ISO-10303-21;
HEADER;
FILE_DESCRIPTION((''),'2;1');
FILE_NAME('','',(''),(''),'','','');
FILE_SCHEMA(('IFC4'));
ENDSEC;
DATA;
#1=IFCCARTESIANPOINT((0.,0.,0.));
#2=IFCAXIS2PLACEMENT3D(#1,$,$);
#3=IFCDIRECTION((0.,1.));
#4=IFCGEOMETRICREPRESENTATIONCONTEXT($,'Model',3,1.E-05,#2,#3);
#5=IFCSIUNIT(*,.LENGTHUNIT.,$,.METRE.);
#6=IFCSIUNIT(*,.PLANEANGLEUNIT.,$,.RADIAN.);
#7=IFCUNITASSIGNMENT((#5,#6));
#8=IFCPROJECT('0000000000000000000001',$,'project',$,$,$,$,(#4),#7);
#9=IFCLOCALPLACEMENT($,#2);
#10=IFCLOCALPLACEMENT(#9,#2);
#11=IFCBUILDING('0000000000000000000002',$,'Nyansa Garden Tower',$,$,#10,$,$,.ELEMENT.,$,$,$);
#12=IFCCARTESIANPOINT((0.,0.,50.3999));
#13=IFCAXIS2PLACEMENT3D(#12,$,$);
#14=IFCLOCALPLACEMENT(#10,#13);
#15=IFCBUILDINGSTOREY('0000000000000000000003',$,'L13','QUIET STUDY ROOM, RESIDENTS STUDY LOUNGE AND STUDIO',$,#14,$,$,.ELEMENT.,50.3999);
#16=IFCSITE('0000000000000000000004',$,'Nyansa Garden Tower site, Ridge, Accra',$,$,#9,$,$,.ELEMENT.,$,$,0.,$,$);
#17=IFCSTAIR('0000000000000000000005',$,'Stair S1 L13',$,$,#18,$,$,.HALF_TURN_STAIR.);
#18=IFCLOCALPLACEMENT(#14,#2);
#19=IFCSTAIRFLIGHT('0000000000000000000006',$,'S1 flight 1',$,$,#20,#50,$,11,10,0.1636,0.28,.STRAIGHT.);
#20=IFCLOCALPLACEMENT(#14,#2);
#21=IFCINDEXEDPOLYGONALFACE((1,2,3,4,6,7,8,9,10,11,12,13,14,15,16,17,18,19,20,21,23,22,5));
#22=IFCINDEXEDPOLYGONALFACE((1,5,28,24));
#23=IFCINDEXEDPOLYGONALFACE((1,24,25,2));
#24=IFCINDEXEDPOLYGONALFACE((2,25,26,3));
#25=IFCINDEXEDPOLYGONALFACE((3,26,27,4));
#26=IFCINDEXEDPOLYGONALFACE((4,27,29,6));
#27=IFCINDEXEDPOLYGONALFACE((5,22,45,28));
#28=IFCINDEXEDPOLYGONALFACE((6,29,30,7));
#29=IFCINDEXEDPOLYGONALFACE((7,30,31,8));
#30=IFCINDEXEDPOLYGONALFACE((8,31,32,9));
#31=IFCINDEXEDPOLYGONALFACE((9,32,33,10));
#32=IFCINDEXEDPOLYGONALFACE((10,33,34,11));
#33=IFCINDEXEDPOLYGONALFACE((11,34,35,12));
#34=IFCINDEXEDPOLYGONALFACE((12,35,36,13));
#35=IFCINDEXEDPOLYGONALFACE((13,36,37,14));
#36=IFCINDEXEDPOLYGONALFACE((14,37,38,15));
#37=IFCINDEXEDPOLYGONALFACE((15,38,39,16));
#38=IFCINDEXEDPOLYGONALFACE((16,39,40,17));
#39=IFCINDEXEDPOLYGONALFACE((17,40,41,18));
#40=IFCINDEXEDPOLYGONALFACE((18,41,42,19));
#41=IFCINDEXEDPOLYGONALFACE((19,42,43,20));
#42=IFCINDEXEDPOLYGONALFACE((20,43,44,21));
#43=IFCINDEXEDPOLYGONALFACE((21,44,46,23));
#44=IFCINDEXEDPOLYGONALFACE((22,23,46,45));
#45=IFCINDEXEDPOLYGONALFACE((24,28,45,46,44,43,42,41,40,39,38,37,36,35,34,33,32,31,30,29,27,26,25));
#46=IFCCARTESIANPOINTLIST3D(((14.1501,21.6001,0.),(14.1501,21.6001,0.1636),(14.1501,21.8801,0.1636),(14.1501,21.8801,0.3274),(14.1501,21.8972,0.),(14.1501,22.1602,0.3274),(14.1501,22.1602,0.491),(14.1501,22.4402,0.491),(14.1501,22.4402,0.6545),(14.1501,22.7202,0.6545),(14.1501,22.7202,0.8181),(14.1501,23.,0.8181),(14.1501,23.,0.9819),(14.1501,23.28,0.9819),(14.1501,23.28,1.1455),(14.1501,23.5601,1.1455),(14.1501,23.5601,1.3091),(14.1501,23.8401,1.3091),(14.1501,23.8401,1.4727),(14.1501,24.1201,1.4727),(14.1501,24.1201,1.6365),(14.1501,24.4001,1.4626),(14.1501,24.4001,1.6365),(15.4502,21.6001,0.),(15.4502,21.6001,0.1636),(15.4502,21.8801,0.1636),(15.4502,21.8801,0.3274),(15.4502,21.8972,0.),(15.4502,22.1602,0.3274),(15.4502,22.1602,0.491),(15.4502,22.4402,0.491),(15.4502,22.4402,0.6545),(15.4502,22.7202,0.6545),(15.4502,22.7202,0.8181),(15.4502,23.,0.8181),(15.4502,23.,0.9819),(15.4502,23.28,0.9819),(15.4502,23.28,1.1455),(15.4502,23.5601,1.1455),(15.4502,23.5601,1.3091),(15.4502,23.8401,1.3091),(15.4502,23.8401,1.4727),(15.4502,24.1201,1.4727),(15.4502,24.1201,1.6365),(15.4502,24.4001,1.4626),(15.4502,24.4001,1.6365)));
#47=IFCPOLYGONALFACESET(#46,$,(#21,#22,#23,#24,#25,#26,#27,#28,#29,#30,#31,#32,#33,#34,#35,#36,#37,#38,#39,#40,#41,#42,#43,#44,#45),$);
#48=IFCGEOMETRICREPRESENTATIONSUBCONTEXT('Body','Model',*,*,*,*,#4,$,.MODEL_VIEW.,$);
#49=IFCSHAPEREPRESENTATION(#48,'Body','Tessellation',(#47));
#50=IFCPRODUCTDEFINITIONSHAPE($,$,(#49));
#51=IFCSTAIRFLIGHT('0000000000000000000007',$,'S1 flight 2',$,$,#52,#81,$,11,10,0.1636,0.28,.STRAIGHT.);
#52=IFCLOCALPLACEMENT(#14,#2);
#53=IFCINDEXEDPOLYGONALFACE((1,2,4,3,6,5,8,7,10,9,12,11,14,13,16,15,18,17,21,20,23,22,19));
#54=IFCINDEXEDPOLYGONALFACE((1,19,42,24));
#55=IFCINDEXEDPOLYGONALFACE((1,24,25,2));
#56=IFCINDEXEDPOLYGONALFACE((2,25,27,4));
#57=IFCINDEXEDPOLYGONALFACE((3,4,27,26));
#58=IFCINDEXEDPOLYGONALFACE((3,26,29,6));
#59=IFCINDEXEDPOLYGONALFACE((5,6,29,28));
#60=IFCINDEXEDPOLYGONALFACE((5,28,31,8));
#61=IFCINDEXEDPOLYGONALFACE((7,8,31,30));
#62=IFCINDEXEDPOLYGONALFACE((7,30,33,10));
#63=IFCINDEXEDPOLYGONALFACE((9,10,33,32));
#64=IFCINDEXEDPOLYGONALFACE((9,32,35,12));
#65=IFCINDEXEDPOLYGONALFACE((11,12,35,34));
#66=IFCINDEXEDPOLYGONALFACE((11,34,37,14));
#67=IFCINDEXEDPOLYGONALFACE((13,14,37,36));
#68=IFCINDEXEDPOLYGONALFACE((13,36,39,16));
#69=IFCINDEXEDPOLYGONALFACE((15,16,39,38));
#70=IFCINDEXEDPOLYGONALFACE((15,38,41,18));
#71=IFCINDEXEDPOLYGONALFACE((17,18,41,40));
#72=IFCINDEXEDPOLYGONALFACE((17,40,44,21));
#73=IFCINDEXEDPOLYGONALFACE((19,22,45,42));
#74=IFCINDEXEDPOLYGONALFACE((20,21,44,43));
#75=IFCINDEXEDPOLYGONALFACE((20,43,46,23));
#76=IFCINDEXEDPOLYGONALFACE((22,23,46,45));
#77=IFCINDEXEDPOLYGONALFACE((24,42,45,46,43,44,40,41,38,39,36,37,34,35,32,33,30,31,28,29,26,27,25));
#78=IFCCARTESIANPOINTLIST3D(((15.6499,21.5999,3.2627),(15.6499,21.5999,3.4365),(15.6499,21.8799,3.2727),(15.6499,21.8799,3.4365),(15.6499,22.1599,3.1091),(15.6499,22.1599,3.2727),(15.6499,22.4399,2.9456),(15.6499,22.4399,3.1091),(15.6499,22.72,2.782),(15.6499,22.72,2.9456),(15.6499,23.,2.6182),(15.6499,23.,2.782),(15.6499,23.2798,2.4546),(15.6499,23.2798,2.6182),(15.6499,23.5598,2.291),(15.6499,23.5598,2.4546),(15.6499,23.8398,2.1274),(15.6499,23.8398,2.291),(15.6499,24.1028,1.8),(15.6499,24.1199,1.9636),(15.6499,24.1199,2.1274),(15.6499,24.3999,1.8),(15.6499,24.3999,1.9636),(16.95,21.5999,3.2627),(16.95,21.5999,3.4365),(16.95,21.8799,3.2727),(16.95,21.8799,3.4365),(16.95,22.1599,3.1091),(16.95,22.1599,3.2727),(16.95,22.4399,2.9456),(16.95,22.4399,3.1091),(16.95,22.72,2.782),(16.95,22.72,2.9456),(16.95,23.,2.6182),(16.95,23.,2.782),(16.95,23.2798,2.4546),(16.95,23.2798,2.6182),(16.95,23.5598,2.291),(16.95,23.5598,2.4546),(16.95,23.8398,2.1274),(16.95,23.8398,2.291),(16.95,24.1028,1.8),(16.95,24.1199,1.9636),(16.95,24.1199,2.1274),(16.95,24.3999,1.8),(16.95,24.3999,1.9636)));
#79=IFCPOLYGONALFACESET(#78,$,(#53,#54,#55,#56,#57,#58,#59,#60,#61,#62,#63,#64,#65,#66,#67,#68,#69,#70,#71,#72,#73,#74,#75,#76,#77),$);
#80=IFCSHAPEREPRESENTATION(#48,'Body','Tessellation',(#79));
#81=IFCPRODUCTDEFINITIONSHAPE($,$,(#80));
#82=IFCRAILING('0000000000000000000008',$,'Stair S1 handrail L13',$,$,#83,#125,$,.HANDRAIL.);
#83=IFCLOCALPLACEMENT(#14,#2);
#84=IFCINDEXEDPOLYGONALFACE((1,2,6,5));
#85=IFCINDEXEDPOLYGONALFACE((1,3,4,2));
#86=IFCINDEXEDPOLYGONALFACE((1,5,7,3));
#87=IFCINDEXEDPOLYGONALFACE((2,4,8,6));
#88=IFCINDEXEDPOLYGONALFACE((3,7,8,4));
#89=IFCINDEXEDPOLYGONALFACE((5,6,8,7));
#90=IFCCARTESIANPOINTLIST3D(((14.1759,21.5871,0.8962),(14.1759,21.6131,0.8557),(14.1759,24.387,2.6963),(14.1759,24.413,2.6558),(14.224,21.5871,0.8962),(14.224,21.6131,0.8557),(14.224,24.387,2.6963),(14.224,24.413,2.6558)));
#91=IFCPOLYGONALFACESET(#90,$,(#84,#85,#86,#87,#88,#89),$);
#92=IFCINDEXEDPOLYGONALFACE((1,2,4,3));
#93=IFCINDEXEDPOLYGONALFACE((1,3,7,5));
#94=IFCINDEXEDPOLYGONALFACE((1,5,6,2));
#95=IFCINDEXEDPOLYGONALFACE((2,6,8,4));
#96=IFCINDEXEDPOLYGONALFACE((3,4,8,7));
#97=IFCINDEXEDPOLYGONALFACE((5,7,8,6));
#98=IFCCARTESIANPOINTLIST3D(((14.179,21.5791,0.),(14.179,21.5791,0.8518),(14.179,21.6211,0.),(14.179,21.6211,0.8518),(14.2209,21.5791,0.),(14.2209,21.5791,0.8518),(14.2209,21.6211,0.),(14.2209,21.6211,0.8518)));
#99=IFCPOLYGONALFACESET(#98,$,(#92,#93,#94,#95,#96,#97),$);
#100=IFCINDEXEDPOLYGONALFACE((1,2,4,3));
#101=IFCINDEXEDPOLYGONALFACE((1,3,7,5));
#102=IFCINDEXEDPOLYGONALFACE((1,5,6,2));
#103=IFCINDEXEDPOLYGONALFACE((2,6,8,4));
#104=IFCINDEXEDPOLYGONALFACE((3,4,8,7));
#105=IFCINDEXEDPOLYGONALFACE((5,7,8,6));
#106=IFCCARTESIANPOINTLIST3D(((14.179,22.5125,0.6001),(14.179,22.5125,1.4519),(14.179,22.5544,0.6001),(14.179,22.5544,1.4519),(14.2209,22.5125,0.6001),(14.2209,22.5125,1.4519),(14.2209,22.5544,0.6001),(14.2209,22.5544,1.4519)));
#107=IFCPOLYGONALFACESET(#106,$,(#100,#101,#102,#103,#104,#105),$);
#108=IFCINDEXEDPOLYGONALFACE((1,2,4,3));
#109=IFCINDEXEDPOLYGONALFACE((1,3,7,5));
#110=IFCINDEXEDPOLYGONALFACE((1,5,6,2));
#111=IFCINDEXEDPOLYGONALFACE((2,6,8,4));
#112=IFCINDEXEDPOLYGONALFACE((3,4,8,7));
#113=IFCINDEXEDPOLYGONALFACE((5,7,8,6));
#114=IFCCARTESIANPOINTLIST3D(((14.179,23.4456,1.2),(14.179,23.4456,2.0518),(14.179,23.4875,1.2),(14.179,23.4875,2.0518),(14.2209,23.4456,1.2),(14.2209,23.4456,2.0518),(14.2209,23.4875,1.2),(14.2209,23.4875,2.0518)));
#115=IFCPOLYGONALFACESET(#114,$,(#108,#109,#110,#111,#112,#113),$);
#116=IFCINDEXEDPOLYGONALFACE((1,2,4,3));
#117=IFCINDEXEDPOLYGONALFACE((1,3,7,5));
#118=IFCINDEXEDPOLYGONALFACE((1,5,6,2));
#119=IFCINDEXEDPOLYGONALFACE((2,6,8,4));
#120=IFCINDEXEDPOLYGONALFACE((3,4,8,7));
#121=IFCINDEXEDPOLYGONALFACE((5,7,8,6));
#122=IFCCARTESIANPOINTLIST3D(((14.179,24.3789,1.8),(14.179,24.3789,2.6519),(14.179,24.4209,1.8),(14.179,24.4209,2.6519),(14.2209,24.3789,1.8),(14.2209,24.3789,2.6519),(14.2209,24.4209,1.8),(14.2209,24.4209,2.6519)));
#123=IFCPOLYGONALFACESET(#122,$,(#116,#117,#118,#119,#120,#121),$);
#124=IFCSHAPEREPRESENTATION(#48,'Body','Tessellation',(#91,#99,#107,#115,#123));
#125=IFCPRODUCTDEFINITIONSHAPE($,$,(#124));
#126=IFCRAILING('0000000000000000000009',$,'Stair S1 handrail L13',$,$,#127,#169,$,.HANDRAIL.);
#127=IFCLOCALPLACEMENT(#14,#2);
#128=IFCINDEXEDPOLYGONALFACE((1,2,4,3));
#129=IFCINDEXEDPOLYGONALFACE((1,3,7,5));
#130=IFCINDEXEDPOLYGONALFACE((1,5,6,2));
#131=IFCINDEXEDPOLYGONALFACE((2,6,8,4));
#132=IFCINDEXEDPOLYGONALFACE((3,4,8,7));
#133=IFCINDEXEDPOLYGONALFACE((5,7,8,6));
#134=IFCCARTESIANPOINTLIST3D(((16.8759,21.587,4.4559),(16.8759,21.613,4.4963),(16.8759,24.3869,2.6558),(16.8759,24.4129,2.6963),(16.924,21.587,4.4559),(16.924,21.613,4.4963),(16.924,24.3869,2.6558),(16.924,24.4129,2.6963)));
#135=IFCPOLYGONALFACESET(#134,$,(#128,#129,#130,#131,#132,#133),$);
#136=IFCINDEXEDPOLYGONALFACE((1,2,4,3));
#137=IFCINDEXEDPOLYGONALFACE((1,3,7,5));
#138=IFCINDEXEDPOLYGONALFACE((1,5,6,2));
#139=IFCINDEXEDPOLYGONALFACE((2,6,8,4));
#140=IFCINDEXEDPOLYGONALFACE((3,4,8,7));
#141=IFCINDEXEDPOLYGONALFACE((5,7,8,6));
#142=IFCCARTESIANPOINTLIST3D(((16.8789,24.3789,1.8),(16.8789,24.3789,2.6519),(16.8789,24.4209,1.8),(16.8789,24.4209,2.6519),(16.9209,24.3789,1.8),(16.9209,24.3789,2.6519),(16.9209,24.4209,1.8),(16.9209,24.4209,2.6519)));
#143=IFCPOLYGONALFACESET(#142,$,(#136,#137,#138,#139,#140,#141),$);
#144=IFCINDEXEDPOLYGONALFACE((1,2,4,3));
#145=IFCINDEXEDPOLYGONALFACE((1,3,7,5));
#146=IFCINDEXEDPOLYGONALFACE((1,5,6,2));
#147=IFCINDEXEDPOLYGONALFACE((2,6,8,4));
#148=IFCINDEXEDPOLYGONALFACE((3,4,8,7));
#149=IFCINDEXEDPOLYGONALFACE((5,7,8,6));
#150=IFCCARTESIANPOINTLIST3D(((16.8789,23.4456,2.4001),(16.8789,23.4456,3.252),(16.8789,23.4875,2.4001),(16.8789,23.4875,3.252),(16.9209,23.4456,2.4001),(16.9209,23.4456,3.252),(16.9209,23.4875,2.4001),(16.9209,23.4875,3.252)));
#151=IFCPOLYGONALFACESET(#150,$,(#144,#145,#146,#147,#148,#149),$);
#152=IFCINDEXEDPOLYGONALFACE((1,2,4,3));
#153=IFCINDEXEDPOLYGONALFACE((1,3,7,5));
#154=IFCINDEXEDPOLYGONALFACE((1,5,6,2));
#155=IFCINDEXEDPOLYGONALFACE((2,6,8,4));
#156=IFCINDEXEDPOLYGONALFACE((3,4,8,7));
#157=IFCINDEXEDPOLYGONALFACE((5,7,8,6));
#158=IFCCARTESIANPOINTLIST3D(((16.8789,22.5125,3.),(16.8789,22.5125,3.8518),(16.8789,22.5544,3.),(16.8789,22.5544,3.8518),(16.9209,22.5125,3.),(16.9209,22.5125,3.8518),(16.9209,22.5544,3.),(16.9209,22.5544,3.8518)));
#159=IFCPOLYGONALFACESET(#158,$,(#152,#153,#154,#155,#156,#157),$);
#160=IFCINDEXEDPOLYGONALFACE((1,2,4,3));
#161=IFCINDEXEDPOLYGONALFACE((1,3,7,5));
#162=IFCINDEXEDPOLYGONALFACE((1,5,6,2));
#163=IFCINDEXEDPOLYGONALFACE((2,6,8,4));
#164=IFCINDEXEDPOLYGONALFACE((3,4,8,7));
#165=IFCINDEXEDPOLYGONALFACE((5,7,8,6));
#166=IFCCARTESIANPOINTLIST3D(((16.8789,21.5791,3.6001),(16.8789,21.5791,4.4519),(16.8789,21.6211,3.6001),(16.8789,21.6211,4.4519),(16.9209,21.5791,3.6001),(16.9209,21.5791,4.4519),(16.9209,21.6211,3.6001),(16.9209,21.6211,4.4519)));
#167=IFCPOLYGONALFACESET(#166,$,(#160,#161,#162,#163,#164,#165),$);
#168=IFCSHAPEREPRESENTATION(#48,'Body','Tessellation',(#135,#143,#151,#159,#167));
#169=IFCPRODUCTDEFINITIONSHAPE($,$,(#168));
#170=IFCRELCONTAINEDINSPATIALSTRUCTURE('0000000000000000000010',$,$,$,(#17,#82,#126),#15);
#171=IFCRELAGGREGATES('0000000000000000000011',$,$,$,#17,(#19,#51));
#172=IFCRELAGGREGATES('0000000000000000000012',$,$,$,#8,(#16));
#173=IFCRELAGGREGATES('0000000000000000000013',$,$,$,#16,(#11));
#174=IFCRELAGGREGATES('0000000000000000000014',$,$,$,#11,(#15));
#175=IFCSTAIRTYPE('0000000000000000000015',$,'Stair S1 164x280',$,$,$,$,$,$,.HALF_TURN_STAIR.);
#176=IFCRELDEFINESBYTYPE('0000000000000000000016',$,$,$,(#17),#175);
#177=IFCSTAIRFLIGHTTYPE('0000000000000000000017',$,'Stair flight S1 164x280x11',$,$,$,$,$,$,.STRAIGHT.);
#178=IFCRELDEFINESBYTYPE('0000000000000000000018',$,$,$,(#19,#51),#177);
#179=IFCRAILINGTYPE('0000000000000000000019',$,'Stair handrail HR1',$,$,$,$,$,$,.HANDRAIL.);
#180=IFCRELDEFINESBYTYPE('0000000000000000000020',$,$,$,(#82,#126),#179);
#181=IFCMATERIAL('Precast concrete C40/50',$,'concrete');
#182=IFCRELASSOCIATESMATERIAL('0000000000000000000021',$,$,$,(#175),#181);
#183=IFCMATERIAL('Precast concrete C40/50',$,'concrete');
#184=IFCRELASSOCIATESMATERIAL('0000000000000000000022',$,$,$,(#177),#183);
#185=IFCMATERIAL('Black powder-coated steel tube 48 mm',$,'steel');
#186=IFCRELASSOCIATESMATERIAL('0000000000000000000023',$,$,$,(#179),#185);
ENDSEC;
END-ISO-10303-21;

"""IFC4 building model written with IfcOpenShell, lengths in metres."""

from ifc_helpers import new_model, si_unit, direction, frame, origin, origin_2d, place, context, subcontext, project, spatial, polyline, rectangle, outline, extrude, material, type_object, element, aggregate, save


model = new_model("IFC4")

# Units and contexts
model_context = context("Model", 3, precision=1e-05, world=origin(), true_north=direction((0.0, 1.0)))
body_context = subcontext(model_context, "Body", "Model", "MODEL_VIEW")
ifc_project = project(units=[si_unit("LENGTHUNIT", "METRE"), si_unit("PLANEANGLEUNIT", "RADIAN")], contexts=[model_context])

# Site, building, storey
site_placement = place(None, origin())
site = spatial("IfcSite", under=ifc_project, at=site_placement, Name="Nyansa Garden Tower site, Ridge, Accra", CompositionType="ELEMENT", RefElevation=0.0)
building_placement = place(site_placement, origin())
building = spatial("IfcBuilding", under=site, at=building_placement, Name="Nyansa Garden Tower", CompositionType="ELEMENT")
storey_placement = place(building_placement, frame((0.0, 0.0, 50.3999)))
storey = spatial("IfcBuildingStorey", under=building, at=storey_placement, Name="L13", Description="QUIET STUDY ROOM, RESIDENTS STUDY LOUNGE AND STUDIO", CompositionType="ELEMENT", Elevation=50.3999)

# Stair, stair flights
ifc_material_1 = material(Name="Precast concrete C40/50", Category="concrete")
stair_type = type_object("IfcStairType", Name="Stair S1 164x280", PredefinedType="HALF_TURN_STAIR", material=ifc_material_1)
stair_placement = place(storey_placement, origin())
stair = element("IfcStair", 1, at=stair_placement, inside=storey, type_object=stair_type, Name="Stair S1 L13", PredefinedType="HALF_TURN_STAIR")
ifc_material_2 = material(Name="Precast concrete C40/50", Category="concrete")
stair_flight_type = type_object("IfcStairFlightType", Name="Stair flight S1 164x280x11", PredefinedType="STRAIGHT", material=ifc_material_2)
stair_flight_1_placement = place(storey_placement, frame((14.8, 21.6001, 0.0), z_axis=(0.0, 0.0, 1.0), x_axis=(0.0, 1.0, 0.0)))
stair_flight_1 = element("IfcStairFlight", 2, at=stair_flight_1_placement, type_object=stair_flight_type, Name="S1 flight 1", NumberOfRisers=11, NumberOfTreads=10, PredefinedType="STRAIGHT", RiserHeight=0.1636, TreadLength=0.28, context=body_context, shape_type="SweptSolid", body=[
    extrude(outline(polyline([(0.0, 0.0), (0.0, 0.1636), (0.28, 0.1636), (0.28, 0.3274), (0.5601, 0.3274), (0.5601, 0.491), (0.8401, 0.491), (0.8401, 0.6545), (1.1201, 0.6545), (1.1201, 0.8181), (1.3999, 0.8181), (1.3999, 0.9819), (1.6799, 0.9819), (1.6799, 1.1455), (1.96, 1.1455), (1.96, 1.3091), (2.24, 1.3091), (2.24, 1.4727), (2.52, 1.4727), (2.52, 1.6365), (2.8, 1.6365), (2.8, 1.8), (2.8, 1.4626), (0.2971, 0.0), (0.0, 0.0)])), frame((0.0, 0.6499, 0.0), z_axis=(0.0, -1.0, 0.0), x_axis=(1.0, 0.0, 0.0)), (0.0, 0.0, 1.0), 1.3),
])
stair_flight_2_placement = place(storey_placement, frame((16.3, 24.3999, 1.8), z_axis=(0.0, 0.0, 1.0), x_axis=(0.0, -1.0, 0.0)))
stair_flight_2 = element("IfcStairFlight", 3, at=stair_flight_2_placement, type_object=stair_flight_type, Name="S1 flight 2", NumberOfRisers=11, NumberOfTreads=10, PredefinedType="STRAIGHT", RiserHeight=0.1636, TreadLength=0.28, context=body_context, shape_type="SweptSolid", body=[
    extrude(outline(polyline([(0.0, 0.0), (0.0, 0.1636), (0.28, 0.1636), (0.28, 0.3274), (0.5601, 0.3274), (0.5601, 0.491), (0.8401, 0.491), (0.8401, 0.6545), (1.1201, 0.6545), (1.1201, 0.8181), (1.3999, 0.8181), (1.3999, 0.9819), (1.6799, 0.9819), (1.6799, 1.1455), (1.96, 1.1455), (1.96, 1.3091), (2.24, 1.3091), (2.24, 1.4727), (2.52, 1.4727), (2.52, 1.6365), (2.8, 1.6365), (2.8, 1.8), (2.8, 1.4626), (0.2971, 0.0), (0.0, 0.0)])), frame((0.0, 0.6499, 0.0), z_axis=(0.0, -1.0, 0.0), x_axis=(1.0, 0.0, 0.0)), (0.0, 0.0, 1.0), 1.3),
])
aggregate(stair, [stair_flight_1, stair_flight_2])

# Railings
ifc_material_3 = material(Name="Black powder-coated steel tube 48 mm", Category="steel")
railing_type = type_object("IfcRailingType", Name="Stair handrail HR1", PredefinedType="HANDRAIL", material=ifc_material_3)
railing_1_placement = place(storey_placement, frame((14.2, 21.6001, 0.0)))
element("IfcRailing", 4, at=railing_1_placement, inside=storey, type_object=railing_type, Name="Stair S1 handrail L13", PredefinedType="HANDRAIL", context=body_context, shape_type="SweptSolid", body=[
    extrude(rectangle(XDim=0.0481, YDim=0.0481, at=origin_2d()), frame((0.0, 0.0, 0.876), z_axis=(0.0, 0.841155, 0.540795), x_axis=(-1.0, 0.0, 0.0)), (0.0, 0.0, 1.0), 3.3286),
    extrude(rectangle(XDim=0.042, YDim=0.042, at=origin_2d()), origin(), (0.0, 0.0, 1.0), 0.8518),
    extrude(rectangle(XDim=0.042, YDim=0.042, at=origin_2d()), frame((0.0, 0.9333, 0.6001)), (0.0, 0.0, 1.0), 0.8518),
    extrude(rectangle(XDim=0.042, YDim=0.042, at=origin_2d()), frame((0.0, 1.8665, 1.2)), (0.0, 0.0, 1.0), 0.8518),
    extrude(rectangle(XDim=0.042, YDim=0.042, at=origin_2d()), frame((0.0, 2.7998, 1.8)), (0.0, 0.0, 1.0), 0.8518),
])
railing_2_placement = place(storey_placement, frame((16.8999, 24.3999, 1.8)))
element("IfcRailing", 5, at=railing_2_placement, inside=storey, type_object=railing_type, Name="Stair S1 handrail L13", PredefinedType="HANDRAIL", context=body_context, shape_type="SweptSolid", body=[
    extrude(rectangle(XDim=0.0481, YDim=0.0481, at=origin_2d()), frame((0.0, 0.0, 0.876), z_axis=(0.0, -0.841155, 0.540795), x_axis=(1.0, 0.0, 0.0)), (0.0, 0.0, 1.0), 3.3286),
    extrude(rectangle(XDim=0.042, YDim=0.042, at=origin_2d()), origin(), (0.0, 0.0, 1.0), 0.8518),
    extrude(rectangle(XDim=0.042, YDim=0.042, at=origin_2d()), frame((0.0, -0.9333, 0.6001)), (0.0, 0.0, 1.0), 0.8518),
    extrude(rectangle(XDim=0.042, YDim=0.042, at=origin_2d()), frame((0.0, -1.8665, 1.2)), (0.0, 0.0, 1.0), 0.8518),
    extrude(rectangle(XDim=0.042, YDim=0.042, at=origin_2d()), frame((0.0, -2.7998, 1.8)), (0.0, 0.0, 1.0), 0.8518),
])

save(model, "model.ifc")
